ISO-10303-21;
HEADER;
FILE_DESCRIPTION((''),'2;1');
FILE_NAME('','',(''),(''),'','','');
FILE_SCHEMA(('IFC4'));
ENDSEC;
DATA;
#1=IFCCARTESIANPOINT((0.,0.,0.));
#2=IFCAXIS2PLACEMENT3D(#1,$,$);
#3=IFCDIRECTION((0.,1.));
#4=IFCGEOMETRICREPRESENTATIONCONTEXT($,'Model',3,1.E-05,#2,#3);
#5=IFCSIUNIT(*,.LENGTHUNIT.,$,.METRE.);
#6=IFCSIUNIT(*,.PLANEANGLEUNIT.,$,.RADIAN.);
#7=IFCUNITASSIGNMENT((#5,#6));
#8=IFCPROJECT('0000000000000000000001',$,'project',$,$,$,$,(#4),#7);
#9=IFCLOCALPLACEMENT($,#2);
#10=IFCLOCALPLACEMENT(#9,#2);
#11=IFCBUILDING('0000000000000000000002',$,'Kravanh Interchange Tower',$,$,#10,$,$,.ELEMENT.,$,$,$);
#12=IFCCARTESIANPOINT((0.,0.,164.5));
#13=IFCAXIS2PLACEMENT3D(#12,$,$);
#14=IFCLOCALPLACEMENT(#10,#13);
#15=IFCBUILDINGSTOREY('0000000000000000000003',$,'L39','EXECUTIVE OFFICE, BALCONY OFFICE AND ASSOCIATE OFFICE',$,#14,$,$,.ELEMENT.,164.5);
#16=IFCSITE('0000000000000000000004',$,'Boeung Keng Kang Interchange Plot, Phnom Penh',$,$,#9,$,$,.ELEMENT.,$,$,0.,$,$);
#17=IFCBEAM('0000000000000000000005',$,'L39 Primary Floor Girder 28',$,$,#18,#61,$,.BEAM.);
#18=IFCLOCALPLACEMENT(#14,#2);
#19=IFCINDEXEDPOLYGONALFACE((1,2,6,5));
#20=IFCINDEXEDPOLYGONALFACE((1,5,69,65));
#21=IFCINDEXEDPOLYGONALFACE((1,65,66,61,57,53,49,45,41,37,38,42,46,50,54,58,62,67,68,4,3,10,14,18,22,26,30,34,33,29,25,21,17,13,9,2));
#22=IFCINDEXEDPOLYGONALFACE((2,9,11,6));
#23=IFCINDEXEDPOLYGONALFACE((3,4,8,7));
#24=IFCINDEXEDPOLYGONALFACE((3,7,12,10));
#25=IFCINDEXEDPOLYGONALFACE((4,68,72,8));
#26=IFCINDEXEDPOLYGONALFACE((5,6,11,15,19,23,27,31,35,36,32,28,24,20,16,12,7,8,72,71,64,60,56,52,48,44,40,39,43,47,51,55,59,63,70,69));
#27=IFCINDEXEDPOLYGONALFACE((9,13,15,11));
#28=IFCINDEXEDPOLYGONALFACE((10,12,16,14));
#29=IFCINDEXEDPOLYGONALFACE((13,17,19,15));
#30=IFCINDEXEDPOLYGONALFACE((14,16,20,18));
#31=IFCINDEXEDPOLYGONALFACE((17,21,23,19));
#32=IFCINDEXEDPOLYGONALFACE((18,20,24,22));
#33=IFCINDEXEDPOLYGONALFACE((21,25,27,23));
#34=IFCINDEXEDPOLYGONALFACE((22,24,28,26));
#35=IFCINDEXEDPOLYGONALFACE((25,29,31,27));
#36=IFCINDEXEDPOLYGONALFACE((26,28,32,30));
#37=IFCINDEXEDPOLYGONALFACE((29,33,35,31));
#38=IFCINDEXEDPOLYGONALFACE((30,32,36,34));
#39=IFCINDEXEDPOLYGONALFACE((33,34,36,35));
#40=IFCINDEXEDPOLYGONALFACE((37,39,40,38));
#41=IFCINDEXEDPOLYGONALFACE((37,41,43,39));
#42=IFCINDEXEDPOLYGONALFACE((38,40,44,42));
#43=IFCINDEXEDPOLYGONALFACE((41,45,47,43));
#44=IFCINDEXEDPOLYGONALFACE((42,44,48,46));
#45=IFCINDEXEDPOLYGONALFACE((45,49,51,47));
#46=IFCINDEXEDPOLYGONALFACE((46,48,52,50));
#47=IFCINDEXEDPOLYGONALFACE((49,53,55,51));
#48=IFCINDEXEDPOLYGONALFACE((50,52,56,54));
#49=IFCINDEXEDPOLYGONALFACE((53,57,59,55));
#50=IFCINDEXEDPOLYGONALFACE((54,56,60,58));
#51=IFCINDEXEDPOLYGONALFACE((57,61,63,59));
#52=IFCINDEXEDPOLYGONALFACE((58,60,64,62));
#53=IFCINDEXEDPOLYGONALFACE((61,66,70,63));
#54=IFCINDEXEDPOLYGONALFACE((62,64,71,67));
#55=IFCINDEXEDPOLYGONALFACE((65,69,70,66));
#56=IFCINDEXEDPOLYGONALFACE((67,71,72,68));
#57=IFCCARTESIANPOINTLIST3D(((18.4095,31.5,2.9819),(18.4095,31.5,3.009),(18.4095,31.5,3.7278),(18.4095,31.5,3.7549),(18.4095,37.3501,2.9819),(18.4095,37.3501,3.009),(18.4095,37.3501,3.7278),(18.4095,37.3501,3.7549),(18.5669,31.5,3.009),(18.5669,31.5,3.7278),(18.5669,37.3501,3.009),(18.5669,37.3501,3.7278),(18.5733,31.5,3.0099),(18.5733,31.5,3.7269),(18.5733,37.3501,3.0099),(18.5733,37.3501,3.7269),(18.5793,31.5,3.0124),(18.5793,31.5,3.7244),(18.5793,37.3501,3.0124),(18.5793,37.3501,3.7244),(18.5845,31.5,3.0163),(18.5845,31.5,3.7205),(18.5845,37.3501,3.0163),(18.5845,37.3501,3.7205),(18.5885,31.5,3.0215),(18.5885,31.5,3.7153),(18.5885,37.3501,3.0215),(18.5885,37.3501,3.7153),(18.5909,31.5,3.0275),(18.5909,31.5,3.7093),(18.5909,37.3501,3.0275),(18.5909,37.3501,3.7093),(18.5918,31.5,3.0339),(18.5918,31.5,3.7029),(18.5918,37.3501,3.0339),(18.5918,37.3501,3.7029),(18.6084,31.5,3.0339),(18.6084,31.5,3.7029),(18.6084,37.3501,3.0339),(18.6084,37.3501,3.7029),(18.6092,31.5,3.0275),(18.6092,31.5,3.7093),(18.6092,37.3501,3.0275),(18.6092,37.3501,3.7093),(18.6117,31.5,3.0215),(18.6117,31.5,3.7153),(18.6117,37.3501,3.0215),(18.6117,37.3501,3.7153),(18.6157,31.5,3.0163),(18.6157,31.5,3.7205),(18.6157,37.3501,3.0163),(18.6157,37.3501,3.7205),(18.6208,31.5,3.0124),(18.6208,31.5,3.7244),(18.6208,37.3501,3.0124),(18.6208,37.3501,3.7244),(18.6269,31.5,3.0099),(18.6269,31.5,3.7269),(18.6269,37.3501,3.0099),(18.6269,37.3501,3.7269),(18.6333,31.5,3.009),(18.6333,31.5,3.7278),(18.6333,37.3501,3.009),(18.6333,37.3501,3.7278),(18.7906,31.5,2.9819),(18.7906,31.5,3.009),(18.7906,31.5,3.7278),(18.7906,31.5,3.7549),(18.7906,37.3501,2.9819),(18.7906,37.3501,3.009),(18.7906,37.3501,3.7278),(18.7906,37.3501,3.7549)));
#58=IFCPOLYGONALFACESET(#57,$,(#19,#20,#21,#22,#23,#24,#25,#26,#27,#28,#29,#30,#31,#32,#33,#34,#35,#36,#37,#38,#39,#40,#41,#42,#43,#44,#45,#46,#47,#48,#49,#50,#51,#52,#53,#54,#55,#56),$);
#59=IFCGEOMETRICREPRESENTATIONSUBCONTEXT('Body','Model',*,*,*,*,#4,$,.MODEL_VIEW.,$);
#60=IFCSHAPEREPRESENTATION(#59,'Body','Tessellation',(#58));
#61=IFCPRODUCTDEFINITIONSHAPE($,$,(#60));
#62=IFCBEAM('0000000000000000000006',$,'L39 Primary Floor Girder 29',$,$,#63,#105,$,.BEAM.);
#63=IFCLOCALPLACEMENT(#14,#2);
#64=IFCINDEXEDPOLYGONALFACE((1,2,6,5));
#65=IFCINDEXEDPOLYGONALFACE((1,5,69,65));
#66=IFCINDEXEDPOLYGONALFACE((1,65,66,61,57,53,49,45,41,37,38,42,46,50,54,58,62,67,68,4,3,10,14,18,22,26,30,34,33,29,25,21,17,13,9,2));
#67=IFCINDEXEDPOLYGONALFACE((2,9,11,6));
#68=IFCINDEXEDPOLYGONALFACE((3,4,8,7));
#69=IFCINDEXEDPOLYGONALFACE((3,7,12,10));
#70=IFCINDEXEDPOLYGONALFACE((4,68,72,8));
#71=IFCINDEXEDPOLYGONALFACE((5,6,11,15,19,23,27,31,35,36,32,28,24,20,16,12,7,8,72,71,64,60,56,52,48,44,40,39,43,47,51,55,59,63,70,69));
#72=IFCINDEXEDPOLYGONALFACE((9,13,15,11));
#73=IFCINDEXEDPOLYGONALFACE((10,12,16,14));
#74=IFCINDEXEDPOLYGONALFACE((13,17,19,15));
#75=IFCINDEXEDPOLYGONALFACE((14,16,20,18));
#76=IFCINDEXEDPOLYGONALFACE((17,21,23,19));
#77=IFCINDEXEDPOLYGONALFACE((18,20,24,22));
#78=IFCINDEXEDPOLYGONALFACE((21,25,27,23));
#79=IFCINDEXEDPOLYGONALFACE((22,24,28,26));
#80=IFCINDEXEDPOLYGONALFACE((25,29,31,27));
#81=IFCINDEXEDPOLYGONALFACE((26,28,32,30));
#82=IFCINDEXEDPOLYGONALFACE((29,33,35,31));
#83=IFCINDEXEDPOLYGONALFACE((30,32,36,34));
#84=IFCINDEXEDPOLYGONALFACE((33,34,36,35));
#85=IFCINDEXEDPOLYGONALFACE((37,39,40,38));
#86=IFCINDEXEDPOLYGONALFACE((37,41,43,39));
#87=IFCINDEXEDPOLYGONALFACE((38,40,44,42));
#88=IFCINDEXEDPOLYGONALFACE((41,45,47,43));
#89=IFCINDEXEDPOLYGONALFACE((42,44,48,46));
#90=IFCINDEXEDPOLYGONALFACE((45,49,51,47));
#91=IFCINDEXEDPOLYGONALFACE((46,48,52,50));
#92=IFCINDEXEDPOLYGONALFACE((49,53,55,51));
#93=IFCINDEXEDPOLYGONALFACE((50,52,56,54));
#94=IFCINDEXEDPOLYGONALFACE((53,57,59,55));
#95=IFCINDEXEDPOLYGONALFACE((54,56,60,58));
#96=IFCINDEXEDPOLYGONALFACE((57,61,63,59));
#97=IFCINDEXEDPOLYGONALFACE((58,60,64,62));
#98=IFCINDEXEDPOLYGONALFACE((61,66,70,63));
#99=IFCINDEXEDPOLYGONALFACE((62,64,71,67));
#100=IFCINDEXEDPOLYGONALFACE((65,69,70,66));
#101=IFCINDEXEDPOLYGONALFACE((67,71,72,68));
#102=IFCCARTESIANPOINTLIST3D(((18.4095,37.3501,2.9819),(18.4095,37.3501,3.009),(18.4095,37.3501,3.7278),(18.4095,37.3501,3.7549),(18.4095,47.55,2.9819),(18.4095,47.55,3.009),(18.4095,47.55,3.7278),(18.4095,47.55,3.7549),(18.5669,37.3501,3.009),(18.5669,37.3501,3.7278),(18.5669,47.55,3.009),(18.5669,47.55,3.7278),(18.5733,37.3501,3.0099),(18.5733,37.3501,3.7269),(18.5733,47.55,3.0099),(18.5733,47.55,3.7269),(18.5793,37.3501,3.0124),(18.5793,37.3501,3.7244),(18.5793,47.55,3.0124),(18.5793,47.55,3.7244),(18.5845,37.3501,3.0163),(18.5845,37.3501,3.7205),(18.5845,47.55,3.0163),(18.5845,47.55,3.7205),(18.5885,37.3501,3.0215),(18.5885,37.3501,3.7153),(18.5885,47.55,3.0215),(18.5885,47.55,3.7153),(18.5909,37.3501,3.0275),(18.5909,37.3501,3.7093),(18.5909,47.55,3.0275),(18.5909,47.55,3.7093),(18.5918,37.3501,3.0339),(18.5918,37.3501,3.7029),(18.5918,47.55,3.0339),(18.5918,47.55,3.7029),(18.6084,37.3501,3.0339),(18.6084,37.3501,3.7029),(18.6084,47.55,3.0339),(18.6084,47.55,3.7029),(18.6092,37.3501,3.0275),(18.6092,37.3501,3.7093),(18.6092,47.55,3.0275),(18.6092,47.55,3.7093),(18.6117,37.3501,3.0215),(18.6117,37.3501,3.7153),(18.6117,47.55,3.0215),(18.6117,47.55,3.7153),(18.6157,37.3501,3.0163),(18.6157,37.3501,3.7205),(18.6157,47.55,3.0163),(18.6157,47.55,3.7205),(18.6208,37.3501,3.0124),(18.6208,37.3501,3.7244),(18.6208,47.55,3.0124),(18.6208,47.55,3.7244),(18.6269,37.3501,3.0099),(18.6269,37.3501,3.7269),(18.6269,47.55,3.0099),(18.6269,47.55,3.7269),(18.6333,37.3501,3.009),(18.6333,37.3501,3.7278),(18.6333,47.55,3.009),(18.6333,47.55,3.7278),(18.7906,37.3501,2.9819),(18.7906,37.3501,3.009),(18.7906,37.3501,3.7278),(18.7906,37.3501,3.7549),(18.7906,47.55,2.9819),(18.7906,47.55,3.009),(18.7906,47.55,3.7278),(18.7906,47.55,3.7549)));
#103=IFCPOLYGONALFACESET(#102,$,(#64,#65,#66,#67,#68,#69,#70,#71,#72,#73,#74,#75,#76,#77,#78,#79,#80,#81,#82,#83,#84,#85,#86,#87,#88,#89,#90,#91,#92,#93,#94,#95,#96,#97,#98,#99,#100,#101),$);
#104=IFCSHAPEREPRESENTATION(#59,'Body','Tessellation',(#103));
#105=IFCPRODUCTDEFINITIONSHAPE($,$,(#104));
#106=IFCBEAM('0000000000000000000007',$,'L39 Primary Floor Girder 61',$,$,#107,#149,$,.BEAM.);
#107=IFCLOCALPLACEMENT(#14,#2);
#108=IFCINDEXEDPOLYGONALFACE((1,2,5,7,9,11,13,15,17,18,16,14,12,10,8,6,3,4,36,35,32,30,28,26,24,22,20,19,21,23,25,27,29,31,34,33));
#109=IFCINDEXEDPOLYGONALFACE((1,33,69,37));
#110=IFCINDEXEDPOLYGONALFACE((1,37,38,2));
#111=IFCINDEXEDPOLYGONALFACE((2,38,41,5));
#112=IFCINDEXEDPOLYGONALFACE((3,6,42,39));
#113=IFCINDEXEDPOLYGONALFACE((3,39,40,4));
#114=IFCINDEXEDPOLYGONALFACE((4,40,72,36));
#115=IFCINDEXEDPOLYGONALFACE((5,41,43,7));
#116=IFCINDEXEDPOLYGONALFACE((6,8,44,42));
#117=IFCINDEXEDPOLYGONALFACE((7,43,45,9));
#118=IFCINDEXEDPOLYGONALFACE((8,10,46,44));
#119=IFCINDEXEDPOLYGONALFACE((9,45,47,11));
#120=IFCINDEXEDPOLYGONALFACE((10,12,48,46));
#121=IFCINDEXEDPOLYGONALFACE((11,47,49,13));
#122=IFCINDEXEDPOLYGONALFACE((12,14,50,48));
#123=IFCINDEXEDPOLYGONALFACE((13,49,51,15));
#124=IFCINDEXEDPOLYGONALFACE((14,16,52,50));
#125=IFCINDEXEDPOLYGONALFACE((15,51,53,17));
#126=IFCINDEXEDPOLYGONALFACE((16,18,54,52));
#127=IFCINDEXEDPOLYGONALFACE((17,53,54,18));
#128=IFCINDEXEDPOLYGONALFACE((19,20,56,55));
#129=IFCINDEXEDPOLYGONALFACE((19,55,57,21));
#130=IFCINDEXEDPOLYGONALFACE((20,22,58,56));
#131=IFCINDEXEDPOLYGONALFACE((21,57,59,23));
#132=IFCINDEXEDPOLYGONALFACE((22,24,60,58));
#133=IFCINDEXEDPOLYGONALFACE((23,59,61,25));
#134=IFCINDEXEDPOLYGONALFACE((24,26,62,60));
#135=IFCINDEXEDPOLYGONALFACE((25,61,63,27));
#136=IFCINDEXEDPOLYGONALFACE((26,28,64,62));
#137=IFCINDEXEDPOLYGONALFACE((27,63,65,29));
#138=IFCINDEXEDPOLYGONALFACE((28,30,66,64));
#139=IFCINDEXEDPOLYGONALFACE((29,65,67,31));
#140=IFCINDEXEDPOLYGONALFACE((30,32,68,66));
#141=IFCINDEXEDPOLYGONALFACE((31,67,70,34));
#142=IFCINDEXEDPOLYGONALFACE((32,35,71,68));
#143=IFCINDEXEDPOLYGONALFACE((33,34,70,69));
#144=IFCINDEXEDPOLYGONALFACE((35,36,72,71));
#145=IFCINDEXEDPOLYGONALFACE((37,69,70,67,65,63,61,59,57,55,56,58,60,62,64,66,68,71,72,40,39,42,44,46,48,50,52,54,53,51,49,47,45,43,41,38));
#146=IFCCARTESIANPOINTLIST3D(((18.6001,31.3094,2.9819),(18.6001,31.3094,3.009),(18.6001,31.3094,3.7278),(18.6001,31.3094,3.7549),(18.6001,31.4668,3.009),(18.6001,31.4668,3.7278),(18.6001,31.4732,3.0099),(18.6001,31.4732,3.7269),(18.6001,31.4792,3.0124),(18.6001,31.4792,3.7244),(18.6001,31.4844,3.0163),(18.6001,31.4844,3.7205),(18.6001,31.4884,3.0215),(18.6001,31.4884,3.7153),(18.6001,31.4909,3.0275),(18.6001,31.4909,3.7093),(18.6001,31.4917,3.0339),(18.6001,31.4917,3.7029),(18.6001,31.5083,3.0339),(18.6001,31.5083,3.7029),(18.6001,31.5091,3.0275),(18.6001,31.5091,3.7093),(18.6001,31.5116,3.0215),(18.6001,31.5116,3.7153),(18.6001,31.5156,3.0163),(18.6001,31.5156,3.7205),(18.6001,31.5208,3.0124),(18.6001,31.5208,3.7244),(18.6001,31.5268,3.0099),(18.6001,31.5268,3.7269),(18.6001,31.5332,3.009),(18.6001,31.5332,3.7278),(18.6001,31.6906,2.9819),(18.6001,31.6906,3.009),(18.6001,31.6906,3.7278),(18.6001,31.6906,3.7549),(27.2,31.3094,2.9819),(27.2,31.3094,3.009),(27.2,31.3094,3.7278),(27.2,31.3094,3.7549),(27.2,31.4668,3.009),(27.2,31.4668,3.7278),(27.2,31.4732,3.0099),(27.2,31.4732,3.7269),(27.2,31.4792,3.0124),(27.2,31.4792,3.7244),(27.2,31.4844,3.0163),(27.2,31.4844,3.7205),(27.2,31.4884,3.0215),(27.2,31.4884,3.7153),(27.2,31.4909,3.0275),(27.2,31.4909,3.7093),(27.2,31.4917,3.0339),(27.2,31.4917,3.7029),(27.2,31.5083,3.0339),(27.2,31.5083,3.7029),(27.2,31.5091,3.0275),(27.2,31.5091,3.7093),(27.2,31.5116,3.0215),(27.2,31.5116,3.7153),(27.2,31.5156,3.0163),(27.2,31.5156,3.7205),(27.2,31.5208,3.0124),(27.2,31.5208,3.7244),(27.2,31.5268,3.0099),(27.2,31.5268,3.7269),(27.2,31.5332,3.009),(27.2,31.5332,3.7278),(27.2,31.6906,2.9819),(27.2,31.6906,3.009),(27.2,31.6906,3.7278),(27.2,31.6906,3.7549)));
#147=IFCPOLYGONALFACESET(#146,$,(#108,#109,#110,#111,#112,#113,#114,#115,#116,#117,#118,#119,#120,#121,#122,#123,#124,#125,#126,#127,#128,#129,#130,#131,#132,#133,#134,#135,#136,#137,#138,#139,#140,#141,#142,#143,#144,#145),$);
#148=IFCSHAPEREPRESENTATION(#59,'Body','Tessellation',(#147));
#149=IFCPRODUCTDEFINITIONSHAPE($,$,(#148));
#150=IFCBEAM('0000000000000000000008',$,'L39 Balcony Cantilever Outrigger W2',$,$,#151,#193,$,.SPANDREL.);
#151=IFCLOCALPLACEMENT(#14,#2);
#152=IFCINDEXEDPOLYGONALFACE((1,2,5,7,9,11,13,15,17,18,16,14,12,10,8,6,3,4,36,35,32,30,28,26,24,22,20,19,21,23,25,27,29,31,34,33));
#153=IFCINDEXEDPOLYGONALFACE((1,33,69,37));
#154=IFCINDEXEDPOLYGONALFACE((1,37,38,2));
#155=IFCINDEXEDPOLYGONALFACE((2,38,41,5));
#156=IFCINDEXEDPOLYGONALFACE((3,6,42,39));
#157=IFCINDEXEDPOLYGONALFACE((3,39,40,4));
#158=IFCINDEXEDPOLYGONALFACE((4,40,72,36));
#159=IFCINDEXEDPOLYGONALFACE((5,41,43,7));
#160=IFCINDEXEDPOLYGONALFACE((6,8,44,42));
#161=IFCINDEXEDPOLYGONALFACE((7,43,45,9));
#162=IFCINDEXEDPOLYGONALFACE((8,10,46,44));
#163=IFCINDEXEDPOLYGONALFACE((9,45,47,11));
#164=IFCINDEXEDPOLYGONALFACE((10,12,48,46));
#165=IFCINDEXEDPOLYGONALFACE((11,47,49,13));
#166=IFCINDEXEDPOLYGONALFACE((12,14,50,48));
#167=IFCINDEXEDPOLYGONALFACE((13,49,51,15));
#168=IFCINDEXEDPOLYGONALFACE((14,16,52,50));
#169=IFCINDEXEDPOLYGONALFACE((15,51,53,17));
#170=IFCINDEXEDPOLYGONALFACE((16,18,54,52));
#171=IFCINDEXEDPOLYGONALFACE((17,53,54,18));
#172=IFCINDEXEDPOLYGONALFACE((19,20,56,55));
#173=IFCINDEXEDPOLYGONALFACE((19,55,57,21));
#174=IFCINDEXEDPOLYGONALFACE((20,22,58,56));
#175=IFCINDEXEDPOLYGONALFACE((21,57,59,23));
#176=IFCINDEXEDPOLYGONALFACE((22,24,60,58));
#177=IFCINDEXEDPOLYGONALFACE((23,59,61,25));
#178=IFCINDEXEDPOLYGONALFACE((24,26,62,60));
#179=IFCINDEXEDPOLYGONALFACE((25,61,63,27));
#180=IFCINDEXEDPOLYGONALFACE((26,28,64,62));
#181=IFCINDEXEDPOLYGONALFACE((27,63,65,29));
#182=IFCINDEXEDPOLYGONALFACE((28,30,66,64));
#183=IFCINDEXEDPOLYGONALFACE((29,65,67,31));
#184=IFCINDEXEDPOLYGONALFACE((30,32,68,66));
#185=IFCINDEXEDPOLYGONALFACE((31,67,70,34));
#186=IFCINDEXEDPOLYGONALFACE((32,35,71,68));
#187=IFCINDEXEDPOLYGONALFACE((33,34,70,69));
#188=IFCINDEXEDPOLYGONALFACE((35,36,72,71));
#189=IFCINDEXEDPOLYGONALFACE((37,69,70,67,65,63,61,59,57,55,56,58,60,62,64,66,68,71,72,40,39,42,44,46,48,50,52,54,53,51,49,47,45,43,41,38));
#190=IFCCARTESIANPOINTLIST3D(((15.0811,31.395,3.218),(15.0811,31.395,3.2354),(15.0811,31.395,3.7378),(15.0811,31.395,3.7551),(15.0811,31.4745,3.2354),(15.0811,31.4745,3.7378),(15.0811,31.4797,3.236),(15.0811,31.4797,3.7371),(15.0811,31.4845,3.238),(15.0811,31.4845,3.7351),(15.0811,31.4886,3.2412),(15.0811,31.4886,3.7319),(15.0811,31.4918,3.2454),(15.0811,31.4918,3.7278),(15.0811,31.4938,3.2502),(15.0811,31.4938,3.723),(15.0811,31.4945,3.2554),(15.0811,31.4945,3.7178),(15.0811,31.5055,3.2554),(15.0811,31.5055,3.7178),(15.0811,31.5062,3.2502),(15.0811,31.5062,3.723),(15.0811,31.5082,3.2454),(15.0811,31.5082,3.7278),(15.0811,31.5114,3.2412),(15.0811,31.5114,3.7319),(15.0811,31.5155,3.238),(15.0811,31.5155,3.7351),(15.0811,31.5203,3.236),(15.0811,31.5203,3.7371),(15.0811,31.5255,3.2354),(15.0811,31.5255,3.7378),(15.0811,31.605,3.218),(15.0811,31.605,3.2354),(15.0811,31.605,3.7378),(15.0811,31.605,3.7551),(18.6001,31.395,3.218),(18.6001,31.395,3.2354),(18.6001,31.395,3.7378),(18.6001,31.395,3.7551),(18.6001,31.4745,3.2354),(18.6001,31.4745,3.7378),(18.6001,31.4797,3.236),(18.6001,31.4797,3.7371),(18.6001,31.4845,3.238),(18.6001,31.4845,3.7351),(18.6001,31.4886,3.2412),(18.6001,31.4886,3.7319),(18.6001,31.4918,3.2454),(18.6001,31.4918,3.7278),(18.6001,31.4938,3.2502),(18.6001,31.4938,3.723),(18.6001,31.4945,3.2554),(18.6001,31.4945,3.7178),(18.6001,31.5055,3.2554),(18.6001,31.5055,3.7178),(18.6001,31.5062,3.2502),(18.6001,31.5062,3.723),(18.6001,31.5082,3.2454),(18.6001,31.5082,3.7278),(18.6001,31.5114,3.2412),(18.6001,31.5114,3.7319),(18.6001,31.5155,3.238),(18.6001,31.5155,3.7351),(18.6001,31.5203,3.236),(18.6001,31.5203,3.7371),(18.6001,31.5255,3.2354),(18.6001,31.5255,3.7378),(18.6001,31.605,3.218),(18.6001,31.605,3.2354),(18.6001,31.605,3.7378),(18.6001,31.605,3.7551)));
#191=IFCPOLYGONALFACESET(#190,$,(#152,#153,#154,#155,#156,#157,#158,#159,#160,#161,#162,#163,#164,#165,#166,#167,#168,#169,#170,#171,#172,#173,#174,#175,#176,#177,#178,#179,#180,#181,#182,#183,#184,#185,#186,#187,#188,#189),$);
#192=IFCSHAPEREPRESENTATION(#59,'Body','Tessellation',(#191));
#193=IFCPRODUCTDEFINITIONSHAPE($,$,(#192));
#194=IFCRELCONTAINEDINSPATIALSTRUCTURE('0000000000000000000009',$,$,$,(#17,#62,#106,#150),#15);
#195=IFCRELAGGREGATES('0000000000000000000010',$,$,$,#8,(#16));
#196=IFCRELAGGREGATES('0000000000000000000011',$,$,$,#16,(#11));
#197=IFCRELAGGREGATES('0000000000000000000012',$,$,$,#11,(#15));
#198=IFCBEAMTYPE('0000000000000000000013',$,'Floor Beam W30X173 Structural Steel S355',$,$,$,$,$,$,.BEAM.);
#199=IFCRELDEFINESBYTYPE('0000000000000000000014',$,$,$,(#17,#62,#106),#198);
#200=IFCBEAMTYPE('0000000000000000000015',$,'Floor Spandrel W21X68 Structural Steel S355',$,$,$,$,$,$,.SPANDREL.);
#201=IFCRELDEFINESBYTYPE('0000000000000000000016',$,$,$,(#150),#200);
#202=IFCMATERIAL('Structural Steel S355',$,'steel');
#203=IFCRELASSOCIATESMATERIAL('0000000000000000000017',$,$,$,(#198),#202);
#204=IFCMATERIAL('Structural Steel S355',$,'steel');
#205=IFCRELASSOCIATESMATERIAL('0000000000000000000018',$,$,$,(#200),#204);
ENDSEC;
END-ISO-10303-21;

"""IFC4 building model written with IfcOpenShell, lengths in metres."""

from ifc_helpers import new_model, si_unit, direction, frame, origin, origin_2d, place, context, subcontext, project, spatial, i_section, extrude, material, material_profile, profile_set, type_object, element, save


model = new_model("IFC4")

# Units and contexts
model_context = context("Model", 3, precision=1e-05, world=origin(), true_north=direction((0.0, 1.0)))
body_context = subcontext(model_context, "Body", "Model", "MODEL_VIEW")
ifc_project = project(units=[si_unit("LENGTHUNIT", "METRE"), si_unit("PLANEANGLEUNIT", "RADIAN")], contexts=[model_context])

# Site, building, storey
site_placement = place(None, origin())
site = spatial("IfcSite", under=ifc_project, at=site_placement, Name="Boeung Keng Kang Interchange Plot, Phnom Penh", CompositionType="ELEMENT", RefElevation=0.0)
building_placement = place(site_placement, origin())
building = spatial("IfcBuilding", under=site, at=building_placement, Name="Kravanh Interchange Tower", CompositionType="ELEMENT")
storey_placement = place(building_placement, frame((0.0, 0.0, 164.5)))
storey = spatial("IfcBuildingStorey", under=building, at=storey_placement, Name="L39", Description="EXECUTIVE OFFICE, BALCONY OFFICE AND ASSOCIATE OFFICE", CompositionType="ELEMENT", Elevation=164.5)

# Beams
ifc_material_1 = material(Name="Structural Steel S355", Category="steel")
ifc_material_profile_1 = material_profile(ifc_material_1, i_section(OverallWidth=0.3811, OverallDepth=0.7729, WebThickness=0.0166, FlangeThickness=0.0271, FilletRadius=0.0249, at=origin_2d()), Name="W30X173")
ifc_profile_set_1 = profile_set([ifc_material_profile_1], Name="Structural Steel S355")
beam_type_1 = type_object("IfcBeamType", Name="Floor Beam W30X173 Structural Steel S355", PredefinedType="BEAM", material=ifc_profile_set_1)
beam_1_placement = place(storey_placement, frame((18.6001, 37.3501, 3.3684), z_axis=(0.0, -1.0, 0.0), x_axis=(1.0, 0.0, 0.0)))
element("IfcBeam", 1, at=beam_1_placement, inside=storey, type_object=beam_type_1, Name="L39 Primary Floor Girder 28", PredefinedType="BEAM", context=body_context, shape_type="SweptSolid", body=[
    extrude(i_section(OverallWidth=0.3811, OverallDepth=0.7729, WebThickness=0.0166, FlangeThickness=0.0271, FilletRadius=0.0249, at=origin_2d()), origin(), (0.0, 0.0, 1.0), 5.8501),
])
beam_2_placement = place(storey_placement, frame((18.6001, 37.3501, 3.3684), z_axis=(0.0, 1.0, 0.0), x_axis=(-1.0, 0.0, 0.0)))
element("IfcBeam", 2, at=beam_2_placement, inside=storey, type_object=beam_type_1, Name="L39 Primary Floor Girder 29", PredefinedType="BEAM", context=body_context, shape_type="SweptSolid", body=[
    extrude(i_section(OverallWidth=0.3811, OverallDepth=0.7729, WebThickness=0.0166, FlangeThickness=0.0271, FilletRadius=0.0249, at=origin_2d()), origin(), (0.0, 0.0, 1.0), 10.2),
])
beam_3_placement = place(storey_placement, frame((18.6001, 31.5, 3.3684), z_axis=(1.0, 0.0, 0.0), x_axis=(0.0, 1.0, 0.0)))
element("IfcBeam", 3, at=beam_3_placement, inside=storey, type_object=beam_type_1, Name="L39 Primary Floor Girder 61", PredefinedType="BEAM", context=body_context, shape_type="SweptSolid", body=[
    extrude(i_section(OverallWidth=0.3811, OverallDepth=0.7729, WebThickness=0.0166, FlangeThickness=0.0271, FilletRadius=0.0249, at=origin_2d()), origin(), (0.0, 0.0, 1.0), 8.5999),
])
ifc_material_2 = material(Name="Structural Steel S355", Category="steel")
ifc_material_profile_2 = material_profile(ifc_material_2, i_section(OverallWidth=0.21, OverallDepth=0.5371, WebThickness=0.011, FlangeThickness=0.0173, FilletRadius=0.02, at=origin_2d()), Name="W21X68")
ifc_profile_set_2 = profile_set([ifc_material_profile_2], Name="Structural Steel S355")
beam_type_2 = type_object("IfcBeamType", Name="Floor Spandrel W21X68 Structural Steel S355", PredefinedType="SPANDREL", material=ifc_profile_set_2)
beam_4_placement = place(storey_placement, frame((18.6001, 31.5, 3.4866), z_axis=(-1.0, 0.0, 0.0), x_axis=(0.0, -1.0, 0.0)))
element("IfcBeam", 4, at=beam_4_placement, inside=storey, type_object=beam_type_2, Name="L39 Balcony Cantilever Outrigger W2", PredefinedType="SPANDREL", context=body_context, shape_type="SweptSolid", body=[
    extrude(i_section(OverallWidth=0.21, OverallDepth=0.5371, WebThickness=0.011, FlangeThickness=0.0173, FilletRadius=0.02, at=origin_2d()), origin(), (0.0, 0.0, 1.0), 3.519),
])

save(model, "model.ifc")
